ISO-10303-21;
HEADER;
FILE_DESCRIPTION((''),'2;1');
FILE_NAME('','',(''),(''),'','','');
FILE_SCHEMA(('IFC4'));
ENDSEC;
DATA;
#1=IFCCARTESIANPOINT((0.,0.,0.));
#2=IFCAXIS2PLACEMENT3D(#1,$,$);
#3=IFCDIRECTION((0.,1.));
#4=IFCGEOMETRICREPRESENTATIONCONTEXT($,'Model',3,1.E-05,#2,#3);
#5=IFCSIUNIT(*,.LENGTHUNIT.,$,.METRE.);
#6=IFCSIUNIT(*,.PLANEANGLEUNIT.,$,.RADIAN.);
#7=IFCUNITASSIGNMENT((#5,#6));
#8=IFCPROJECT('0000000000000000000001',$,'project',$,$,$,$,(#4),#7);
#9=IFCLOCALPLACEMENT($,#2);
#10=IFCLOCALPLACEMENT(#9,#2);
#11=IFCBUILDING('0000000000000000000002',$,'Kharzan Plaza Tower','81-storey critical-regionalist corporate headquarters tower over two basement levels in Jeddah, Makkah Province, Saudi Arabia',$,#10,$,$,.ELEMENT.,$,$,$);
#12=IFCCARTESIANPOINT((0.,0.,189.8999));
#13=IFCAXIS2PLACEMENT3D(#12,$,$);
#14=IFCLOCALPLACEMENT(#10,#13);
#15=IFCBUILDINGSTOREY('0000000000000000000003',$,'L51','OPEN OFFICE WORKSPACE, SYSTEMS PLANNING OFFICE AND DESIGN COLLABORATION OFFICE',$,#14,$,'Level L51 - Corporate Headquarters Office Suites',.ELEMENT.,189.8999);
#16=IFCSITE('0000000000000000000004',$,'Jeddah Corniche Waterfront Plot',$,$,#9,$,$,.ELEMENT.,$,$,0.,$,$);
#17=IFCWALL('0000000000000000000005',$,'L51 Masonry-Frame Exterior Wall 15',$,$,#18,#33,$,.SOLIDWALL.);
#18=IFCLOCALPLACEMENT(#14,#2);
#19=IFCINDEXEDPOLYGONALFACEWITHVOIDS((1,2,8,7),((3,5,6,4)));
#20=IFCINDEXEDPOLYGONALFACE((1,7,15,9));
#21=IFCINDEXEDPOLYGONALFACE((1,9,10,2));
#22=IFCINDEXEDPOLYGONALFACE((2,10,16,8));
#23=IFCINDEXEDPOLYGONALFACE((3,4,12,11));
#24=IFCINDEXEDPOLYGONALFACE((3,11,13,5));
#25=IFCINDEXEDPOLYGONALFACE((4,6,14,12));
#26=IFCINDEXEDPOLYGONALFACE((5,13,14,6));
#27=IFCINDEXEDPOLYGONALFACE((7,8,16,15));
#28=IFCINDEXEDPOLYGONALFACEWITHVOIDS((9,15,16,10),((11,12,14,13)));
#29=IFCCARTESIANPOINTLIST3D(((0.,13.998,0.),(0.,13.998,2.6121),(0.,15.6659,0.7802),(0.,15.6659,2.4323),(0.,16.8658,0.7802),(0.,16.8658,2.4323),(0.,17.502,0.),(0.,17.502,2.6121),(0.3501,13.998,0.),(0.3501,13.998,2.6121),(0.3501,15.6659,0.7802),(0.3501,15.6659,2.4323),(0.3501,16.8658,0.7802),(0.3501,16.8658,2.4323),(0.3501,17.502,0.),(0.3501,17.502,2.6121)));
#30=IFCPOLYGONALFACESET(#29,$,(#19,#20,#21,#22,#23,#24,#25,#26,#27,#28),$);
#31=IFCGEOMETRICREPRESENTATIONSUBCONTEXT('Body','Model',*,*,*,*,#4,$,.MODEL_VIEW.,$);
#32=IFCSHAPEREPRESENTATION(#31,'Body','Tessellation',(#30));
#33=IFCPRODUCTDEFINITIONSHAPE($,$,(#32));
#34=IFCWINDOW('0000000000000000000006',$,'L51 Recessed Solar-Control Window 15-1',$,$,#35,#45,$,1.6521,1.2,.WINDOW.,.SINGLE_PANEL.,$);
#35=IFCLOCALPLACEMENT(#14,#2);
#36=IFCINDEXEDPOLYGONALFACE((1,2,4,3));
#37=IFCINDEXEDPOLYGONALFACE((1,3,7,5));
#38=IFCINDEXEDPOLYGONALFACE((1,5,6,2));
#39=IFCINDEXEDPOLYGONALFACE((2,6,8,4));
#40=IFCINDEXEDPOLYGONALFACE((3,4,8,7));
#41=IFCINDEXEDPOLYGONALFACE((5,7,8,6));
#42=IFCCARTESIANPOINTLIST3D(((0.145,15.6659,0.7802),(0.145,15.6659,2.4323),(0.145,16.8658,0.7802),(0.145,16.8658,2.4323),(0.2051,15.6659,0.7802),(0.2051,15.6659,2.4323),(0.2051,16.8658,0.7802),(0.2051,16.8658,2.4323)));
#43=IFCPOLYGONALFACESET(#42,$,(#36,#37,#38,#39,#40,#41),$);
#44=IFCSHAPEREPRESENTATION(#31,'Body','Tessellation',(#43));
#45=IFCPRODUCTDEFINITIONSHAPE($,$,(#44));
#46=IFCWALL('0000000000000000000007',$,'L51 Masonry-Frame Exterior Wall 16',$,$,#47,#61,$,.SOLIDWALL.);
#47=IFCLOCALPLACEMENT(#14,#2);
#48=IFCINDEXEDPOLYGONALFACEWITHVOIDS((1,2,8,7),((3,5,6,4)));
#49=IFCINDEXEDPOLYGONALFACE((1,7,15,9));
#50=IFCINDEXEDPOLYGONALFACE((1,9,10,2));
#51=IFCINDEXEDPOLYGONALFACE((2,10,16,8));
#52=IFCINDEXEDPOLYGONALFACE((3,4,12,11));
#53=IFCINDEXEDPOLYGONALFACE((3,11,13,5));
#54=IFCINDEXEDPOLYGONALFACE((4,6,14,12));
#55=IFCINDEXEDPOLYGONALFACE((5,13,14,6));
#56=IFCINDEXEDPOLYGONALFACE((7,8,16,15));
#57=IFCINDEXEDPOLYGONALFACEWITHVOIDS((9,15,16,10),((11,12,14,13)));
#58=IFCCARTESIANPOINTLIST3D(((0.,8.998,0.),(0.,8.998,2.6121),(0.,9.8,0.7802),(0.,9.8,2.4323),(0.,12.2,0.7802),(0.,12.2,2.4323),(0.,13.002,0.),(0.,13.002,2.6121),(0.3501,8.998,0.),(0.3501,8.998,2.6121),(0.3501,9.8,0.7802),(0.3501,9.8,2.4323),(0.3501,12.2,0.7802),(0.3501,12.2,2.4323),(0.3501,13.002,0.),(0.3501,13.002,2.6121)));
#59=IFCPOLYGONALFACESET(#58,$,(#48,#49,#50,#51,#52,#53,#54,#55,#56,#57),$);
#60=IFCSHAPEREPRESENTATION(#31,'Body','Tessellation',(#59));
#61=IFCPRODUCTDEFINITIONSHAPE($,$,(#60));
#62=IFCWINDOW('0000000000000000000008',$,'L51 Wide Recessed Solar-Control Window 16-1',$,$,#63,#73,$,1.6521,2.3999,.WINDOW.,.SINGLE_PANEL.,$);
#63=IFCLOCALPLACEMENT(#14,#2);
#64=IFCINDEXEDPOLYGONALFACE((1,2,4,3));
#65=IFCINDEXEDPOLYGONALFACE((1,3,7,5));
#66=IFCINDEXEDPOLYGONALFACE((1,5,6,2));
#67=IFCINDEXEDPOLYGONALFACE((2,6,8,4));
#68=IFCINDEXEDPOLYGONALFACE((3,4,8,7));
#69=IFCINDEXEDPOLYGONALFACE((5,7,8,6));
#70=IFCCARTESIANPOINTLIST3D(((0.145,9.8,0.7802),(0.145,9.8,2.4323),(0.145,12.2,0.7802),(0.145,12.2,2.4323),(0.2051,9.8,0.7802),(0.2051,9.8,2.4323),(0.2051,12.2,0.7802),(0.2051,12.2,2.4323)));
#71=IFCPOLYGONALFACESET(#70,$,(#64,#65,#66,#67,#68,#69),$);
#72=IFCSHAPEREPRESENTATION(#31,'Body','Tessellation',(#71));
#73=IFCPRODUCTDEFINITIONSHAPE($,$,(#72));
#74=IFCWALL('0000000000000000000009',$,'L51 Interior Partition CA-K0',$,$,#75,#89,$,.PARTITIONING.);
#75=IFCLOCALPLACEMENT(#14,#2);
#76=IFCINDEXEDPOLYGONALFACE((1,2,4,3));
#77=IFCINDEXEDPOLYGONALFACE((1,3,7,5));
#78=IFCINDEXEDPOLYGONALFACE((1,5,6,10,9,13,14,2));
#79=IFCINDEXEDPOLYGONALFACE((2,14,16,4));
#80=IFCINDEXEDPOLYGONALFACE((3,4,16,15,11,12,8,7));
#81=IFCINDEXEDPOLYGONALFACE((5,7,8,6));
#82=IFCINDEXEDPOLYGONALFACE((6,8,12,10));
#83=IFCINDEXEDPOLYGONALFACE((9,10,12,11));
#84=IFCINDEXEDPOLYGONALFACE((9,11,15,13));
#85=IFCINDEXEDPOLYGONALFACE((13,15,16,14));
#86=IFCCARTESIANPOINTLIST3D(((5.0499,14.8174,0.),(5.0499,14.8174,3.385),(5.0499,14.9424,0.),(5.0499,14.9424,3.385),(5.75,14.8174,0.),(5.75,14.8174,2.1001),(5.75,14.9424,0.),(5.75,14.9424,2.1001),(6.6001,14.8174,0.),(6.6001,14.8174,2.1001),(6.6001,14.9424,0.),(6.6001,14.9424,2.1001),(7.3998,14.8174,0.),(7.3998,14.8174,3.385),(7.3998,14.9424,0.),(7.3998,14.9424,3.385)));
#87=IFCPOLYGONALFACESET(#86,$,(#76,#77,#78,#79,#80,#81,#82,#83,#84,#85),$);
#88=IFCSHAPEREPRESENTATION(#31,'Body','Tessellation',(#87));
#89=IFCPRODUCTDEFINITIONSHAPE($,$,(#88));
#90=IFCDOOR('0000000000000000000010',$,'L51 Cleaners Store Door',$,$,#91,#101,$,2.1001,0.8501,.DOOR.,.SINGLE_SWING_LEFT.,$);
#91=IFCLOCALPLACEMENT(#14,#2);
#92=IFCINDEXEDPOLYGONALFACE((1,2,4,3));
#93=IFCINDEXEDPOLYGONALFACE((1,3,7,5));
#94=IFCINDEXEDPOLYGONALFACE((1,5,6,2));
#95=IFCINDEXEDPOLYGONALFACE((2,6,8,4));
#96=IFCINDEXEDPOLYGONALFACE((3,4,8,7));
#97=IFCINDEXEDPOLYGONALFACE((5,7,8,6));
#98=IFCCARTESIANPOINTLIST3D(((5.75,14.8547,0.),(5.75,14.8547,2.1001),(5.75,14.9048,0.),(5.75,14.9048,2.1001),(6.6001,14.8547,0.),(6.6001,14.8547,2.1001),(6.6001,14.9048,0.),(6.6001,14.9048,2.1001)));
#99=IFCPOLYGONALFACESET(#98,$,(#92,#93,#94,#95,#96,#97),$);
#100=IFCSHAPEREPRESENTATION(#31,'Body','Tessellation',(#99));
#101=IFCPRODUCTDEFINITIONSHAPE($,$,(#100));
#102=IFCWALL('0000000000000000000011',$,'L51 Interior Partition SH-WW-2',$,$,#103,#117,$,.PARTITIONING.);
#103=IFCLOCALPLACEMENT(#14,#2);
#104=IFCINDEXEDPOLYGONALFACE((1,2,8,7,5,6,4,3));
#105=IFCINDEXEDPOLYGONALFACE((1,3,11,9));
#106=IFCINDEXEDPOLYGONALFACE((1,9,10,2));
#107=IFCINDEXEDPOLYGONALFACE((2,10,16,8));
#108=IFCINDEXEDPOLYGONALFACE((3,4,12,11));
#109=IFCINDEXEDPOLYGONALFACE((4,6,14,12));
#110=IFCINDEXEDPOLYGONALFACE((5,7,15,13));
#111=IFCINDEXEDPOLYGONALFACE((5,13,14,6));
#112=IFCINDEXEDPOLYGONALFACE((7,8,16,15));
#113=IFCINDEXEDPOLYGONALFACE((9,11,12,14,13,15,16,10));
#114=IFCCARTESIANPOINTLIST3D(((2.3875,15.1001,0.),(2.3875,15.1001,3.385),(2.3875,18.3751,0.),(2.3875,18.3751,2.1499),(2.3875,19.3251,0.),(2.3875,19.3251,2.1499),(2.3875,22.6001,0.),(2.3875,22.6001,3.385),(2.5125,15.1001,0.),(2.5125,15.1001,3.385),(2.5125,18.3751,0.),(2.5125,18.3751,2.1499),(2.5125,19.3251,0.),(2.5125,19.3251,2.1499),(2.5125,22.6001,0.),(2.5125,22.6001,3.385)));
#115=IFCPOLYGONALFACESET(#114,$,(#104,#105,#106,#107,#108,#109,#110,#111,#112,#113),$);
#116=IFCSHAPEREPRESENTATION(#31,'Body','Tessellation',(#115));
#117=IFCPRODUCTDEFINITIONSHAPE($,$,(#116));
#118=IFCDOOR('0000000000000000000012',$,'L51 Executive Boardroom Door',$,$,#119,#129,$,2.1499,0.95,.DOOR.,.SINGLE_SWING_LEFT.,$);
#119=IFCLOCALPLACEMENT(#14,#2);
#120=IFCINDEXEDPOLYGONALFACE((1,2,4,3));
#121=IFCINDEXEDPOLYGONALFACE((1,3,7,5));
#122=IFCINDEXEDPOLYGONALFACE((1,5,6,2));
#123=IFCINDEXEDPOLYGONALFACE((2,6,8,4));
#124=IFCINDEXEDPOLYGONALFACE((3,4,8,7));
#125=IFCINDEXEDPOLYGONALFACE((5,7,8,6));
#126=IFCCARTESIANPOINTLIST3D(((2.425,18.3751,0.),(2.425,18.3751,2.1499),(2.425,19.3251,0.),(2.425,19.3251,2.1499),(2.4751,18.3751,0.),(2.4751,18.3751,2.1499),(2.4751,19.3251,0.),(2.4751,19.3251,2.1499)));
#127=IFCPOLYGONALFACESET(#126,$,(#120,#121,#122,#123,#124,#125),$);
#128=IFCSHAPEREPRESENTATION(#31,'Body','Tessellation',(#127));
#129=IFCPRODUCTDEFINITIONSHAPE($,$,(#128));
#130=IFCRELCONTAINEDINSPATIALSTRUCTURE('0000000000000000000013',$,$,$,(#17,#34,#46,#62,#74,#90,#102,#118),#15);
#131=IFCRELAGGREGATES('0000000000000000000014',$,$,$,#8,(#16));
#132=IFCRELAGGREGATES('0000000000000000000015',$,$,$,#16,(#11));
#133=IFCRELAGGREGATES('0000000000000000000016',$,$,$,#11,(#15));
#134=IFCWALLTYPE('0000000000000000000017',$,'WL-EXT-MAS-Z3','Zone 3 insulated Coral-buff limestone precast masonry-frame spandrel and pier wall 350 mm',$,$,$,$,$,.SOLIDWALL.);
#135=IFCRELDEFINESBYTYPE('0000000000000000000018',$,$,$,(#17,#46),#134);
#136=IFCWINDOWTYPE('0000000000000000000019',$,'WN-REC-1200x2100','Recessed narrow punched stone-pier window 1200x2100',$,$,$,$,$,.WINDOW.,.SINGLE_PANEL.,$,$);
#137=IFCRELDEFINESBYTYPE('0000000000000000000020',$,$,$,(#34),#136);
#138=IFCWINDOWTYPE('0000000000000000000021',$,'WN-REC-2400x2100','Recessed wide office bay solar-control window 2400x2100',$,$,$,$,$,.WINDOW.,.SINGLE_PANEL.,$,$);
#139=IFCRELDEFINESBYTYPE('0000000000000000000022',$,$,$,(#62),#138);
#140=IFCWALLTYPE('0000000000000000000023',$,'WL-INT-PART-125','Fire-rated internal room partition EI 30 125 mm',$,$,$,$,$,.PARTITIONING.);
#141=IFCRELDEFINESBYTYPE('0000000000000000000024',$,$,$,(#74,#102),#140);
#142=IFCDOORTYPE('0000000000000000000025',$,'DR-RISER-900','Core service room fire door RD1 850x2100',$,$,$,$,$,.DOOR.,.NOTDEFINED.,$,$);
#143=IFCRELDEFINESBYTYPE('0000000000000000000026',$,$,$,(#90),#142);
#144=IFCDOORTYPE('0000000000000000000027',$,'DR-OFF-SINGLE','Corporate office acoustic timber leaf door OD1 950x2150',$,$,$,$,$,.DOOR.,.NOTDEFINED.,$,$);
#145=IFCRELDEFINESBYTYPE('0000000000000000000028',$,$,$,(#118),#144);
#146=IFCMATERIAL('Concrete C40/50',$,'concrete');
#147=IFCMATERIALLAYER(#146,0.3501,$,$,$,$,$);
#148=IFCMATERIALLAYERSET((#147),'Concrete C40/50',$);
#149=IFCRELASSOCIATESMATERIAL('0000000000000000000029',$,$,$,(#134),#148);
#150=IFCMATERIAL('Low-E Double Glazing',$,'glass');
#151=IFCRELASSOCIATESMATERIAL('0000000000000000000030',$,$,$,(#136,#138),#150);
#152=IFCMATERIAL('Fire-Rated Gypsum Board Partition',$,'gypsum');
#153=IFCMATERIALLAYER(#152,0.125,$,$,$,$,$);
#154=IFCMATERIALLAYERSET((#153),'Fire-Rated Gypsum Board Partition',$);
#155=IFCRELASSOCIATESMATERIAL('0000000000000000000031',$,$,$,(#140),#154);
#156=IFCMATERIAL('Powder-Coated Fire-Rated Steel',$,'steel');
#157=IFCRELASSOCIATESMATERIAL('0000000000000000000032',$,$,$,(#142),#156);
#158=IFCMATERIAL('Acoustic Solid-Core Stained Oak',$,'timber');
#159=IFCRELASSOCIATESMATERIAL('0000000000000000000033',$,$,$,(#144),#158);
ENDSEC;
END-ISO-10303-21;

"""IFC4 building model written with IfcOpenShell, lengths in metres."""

from ifc_helpers import new_model, si_unit, direction, frame, frame_2d, origin, place, context, subcontext, project, spatial, rectangle, extrude, source, transform, mapped, material, layer, layer_set, type_object, element, fill, save


model = new_model("IFC4")

# Units and contexts
model_context = context("Model", 3, precision=1e-05, world=origin(), true_north=direction((0.0, 1.0)))
body_context = subcontext(model_context, "Body", "Model", "MODEL_VIEW")
ifc_project = project(units=[si_unit("LENGTHUNIT", "METRE"), si_unit("PLANEANGLEUNIT", "RADIAN")], contexts=[model_context])

# Site, building, storey
site_placement = place(None, origin())
site = spatial("IfcSite", under=ifc_project, at=site_placement, Name="Jeddah Corniche Waterfront Plot", CompositionType="ELEMENT", RefElevation=0.0)
building_placement = place(site_placement, origin())
building = spatial("IfcBuilding", under=site, at=building_placement, Name="Kharzan Plaza Tower", Description="81-storey critical-regionalist corporate headquarters tower over two basement levels in Jeddah, Makkah Province, Saudi Arabia", CompositionType="ELEMENT")
storey_placement = place(building_placement, frame((0.0, 0.0, 189.8999)))
storey = spatial("IfcBuildingStorey", under=building, at=storey_placement, Name="L51", Description="OPEN OFFICE WORKSPACE, SYSTEMS PLANNING OFFICE AND DESIGN COLLABORATION OFFICE", LongName="Level L51 - Corporate Headquarters Office Suites", CompositionType="ELEMENT", Elevation=189.8999)

# Walls, openings, windows
ifc_material_1 = material(Name="Concrete C40/50", Category="concrete")
ifc_layer_1 = layer(ifc_material_1, 0.3501)
ifc_layer_set_1 = layer_set([ifc_layer_1], Name="Concrete C40/50")
wall_type_1 = type_object("IfcWallType", Name="WL-EXT-MAS-Z3", Description="Zone 3 insulated Coral-buff limestone precast masonry-frame spandrel and pier wall 350 mm", PredefinedType="SOLIDWALL", material=ifc_layer_set_1)
wall_1_placement = place(storey_placement, frame((0.175, 17.502, 0.0), z_axis=(0.0, 0.0, 1.0), x_axis=(0.0, -1.0, 0.0)))
wall_1 = element("IfcWall", 1, at=wall_1_placement, inside=storey, type_object=wall_type_1, Name="L51 Masonry-Frame Exterior Wall 15", PredefinedType="SOLIDWALL", context=body_context, shape_type="SweptSolid", body=[
    extrude(rectangle(XDim=3.5039, YDim=0.3501, at=frame_2d((1.752, 0.0))), origin(), (0.0, 0.0, 1.0), 2.6121),
])
opening_1_placement = place(wall_1_placement, frame((0.636, 0.0, 0.78)))
opening_1 = element("IfcOpeningElement", 2, at=opening_1_placement, cuts=wall_1, PredefinedType="OPENING", context=body_context, shape_type="SweptSolid", body=[
    extrude(rectangle(XDim=1.2, YDim=1.6521, at=frame_2d((0.6001, 0.8262))), frame((0.0, 0.1851, 0.0), z_axis=(0.0, -1.0, 0.0), x_axis=(1.0, 0.0, 0.0)), (0.0, 0.0, 1.0), 0.3701),
])
ifc_material_2 = material(Name="Low-E Double Glazing", Category="glass")
window_type_1 = type_object("IfcWindowType", Name="WN-REC-1200x2100", Description="Recessed narrow punched stone-pier window 1200x2100", PartitioningType="SINGLE_PANEL", PredefinedType="WINDOW", material=ifc_material_2)
shared_shape_1 = source(origin(), body_context, "Body", "SweptSolid", [
    extrude(rectangle(XDim=1.2, YDim=1.6521, at=frame_2d((0.6001, 0.8262))), frame((0.0, 0.03, 0.0), z_axis=(0.0, -1.0, 0.0), x_axis=(1.0, 0.0, 0.0)), (0.0, 0.0, 1.0), 0.0601),
])
window_1_placement = place(opening_1_placement, origin())
window_1 = element("IfcWindow", 3, at=window_1_placement, inside=storey, type_object=window_type_1, Name="L51 Recessed Solar-Control Window 15-1", OverallHeight=1.6521, OverallWidth=1.2, PartitioningType="SINGLE_PANEL", PredefinedType="WINDOW", context=body_context, shape_type="MappedRepresentation", body=[
    mapped(shared_shape_1, transform((0.0, 0.0, 0.0), x_axis=(1.0, 0.0, 0.0), y_axis=(0.0, 1.0, 0.0), z_axis=(0.0, 0.0, 1.0))),
])
fill(opening_1, window_1)
wall_2_placement = place(storey_placement, frame((0.175, 13.002, 0.0), z_axis=(0.0, 0.0, 1.0), x_axis=(0.0, -1.0, 0.0)))
wall_2 = element("IfcWall", 4, at=wall_2_placement, inside=storey, type_object=wall_type_1, Name="L51 Masonry-Frame Exterior Wall 16", PredefinedType="SOLIDWALL", context=body_context, shape_type="SweptSolid", body=[
    extrude(rectangle(XDim=4.0039, YDim=0.3501, at=frame_2d((2.002, 0.0))), origin(), (0.0, 0.0, 1.0), 2.6121),
])
opening_2_placement = place(wall_2_placement, frame((0.802, 0.0, 0.78)))
opening_2 = element("IfcOpeningElement", 5, at=opening_2_placement, cuts=wall_2, PredefinedType="OPENING", context=body_context, shape_type="SweptSolid", body=[
    extrude(rectangle(XDim=2.3999, YDim=1.6521, at=frame_2d((1.2, 0.8262))), frame((0.0, 0.1851, 0.0), z_axis=(0.0, -1.0, 0.0), x_axis=(1.0, 0.0, 0.0)), (0.0, 0.0, 1.0), 0.3701),
])
window_type_2 = type_object("IfcWindowType", Name="WN-REC-2400x2100", Description="Recessed wide office bay solar-control window 2400x2100", PartitioningType="SINGLE_PANEL", PredefinedType="WINDOW", material=ifc_material_2)
shared_shape_2 = source(origin(), body_context, "Body", "SweptSolid", [
    extrude(rectangle(XDim=2.3999, YDim=1.6521, at=frame_2d((1.2, 0.8262))), frame((0.0, 0.03, 0.0), z_axis=(0.0, -1.0, 0.0), x_axis=(1.0, 0.0, 0.0)), (0.0, 0.0, 1.0), 0.0601),
])
window_2_placement = place(opening_2_placement, origin())
window_2 = element("IfcWindow", 6, at=window_2_placement, inside=storey, type_object=window_type_2, Name="L51 Wide Recessed Solar-Control Window 16-1", OverallHeight=1.6521, OverallWidth=2.3999, PartitioningType="SINGLE_PANEL", PredefinedType="WINDOW", context=body_context, shape_type="MappedRepresentation", body=[
    mapped(shared_shape_2, transform((0.0, 0.0, 0.0), x_axis=(1.0, 0.0, 0.0), y_axis=(0.0, 1.0, 0.0), z_axis=(0.0, 0.0, 1.0))),
])
fill(opening_2, window_2)

# Walls, openings, doors
ifc_material_3 = material(Name="Fire-Rated Gypsum Board Partition", Category="gypsum")
ifc_layer_2 = layer(ifc_material_3, 0.125)
ifc_layer_set_2 = layer_set([ifc_layer_2], Name="Fire-Rated Gypsum Board Partition")
wall_type_2 = type_object("IfcWallType", Name="WL-INT-PART-125", Description="Fire-rated internal room partition EI 30 125 mm", PredefinedType="PARTITIONING", material=ifc_layer_set_2)
wall_3_placement = place(storey_placement, frame((5.05, 14.8799, 0.0), z_axis=(0.0, 0.0, 1.0), x_axis=(1.0, 0.0, 0.0)))
wall_3 = element("IfcWall", 7, at=wall_3_placement, inside=storey, type_object=wall_type_2, Name="L51 Interior Partition CA-K0", PredefinedType="PARTITIONING", context=body_context, shape_type="SweptSolid", body=[
    extrude(rectangle(XDim=2.3499, YDim=0.125, at=frame_2d((1.1748, 0.0))), origin(), (0.0, 0.0, 1.0), 3.385),
])
opening_3_placement = place(wall_3_placement, frame((0.7, 0.0, 0.0)))
opening_3 = element("IfcOpeningElement", 8, at=opening_3_placement, cuts=wall_3, PredefinedType="OPENING", context=body_context, shape_type="SweptSolid", body=[
    extrude(rectangle(XDim=0.8501, YDim=2.1001, at=frame_2d((0.425, 1.05))), frame((0.0, 0.0725, 0.0), z_axis=(0.0, -1.0, 0.0), x_axis=(1.0, 0.0, 0.0)), (0.0, 0.0, 1.0), 0.145),
])
ifc_material_4 = material(Name="Powder-Coated Fire-Rated Steel", Category="steel")
door_type_1 = type_object("IfcDoorType", Name="DR-RISER-900", Description="Core service room fire door RD1 850x2100", OperationType="NOTDEFINED", PredefinedType="DOOR", material=ifc_material_4)
shared_shape_3 = source(origin(), body_context, "Body", "SweptSolid", [
    extrude(rectangle(XDim=0.8501, YDim=2.1001, at=frame_2d((0.425, 1.05))), frame((0.0, 0.0249, 0.0), z_axis=(0.0, -1.0, 0.0), x_axis=(1.0, 0.0, 0.0)), (0.0, 0.0, 1.0), 0.05),
])
door_1_placement = place(opening_3_placement, origin())
door_1 = element("IfcDoor", 9, at=door_1_placement, inside=storey, type_object=door_type_1, Name="L51 Cleaners Store Door", OperationType="SINGLE_SWING_LEFT", OverallHeight=2.1001, OverallWidth=0.8501, PredefinedType="DOOR", context=body_context, shape_type="MappedRepresentation", body=[
    mapped(shared_shape_3, transform((0.0, 0.0, 0.0), x_axis=(1.0, 0.0, 0.0), y_axis=(0.0, 1.0, 0.0), z_axis=(0.0, 0.0, 1.0))),
])
fill(opening_3, door_1)
wall_4_placement = place(storey_placement, frame((2.45, 15.1001, 0.0), z_axis=(0.0, 0.0, 1.0), x_axis=(0.0, 1.0, 0.0)))
wall_4 = element("IfcWall", 10, at=wall_4_placement, inside=storey, type_object=wall_type_2, Name="L51 Interior Partition SH-WW-2", PredefinedType="PARTITIONING", context=body_context, shape_type="SweptSolid", body=[
    extrude(rectangle(XDim=7.5, YDim=0.125, at=frame_2d((3.75, 0.0))), origin(), (0.0, 0.0, 1.0), 3.385),
])
opening_4_placement = place(wall_4_placement, frame((3.2749, 0.0, 0.0)))
opening_4 = element("IfcOpeningElement", 11, at=opening_4_placement, cuts=wall_4, PredefinedType="OPENING", context=body_context, shape_type="SweptSolid", body=[
    extrude(rectangle(XDim=0.95, YDim=2.1499, at=frame_2d((0.4751, 1.075))), frame((0.0, 0.0725, 0.0), z_axis=(0.0, -1.0, 0.0), x_axis=(1.0, 0.0, 0.0)), (0.0, 0.0, 1.0), 0.145),
])
ifc_material_5 = material(Name="Acoustic Solid-Core Stained Oak", Category="timber")
door_type_2 = type_object("IfcDoorType", Name="DR-OFF-SINGLE", Description="Corporate office acoustic timber leaf door OD1 950x2150", OperationType="NOTDEFINED", PredefinedType="DOOR", material=ifc_material_5)
shared_shape_4 = source(origin(), body_context, "Body", "SweptSolid", [
    extrude(rectangle(XDim=0.95, YDim=2.1499, at=frame_2d((0.4751, 1.075))), frame((0.0, 0.0249, 0.0), z_axis=(0.0, -1.0, 0.0), x_axis=(1.0, 0.0, 0.0)), (0.0, 0.0, 1.0), 0.05),
])
door_2_placement = place(opening_4_placement, origin())
door_2 = element("IfcDoor", 12, at=door_2_placement, inside=storey, type_object=door_type_2, Name="L51 Executive Boardroom Door", OperationType="SINGLE_SWING_LEFT", OverallHeight=2.1499, OverallWidth=0.95, PredefinedType="DOOR", context=body_context, shape_type="MappedRepresentation", body=[
    mapped(shared_shape_4, transform((0.0, 0.0, 0.0), x_axis=(1.0, 0.0, 0.0), y_axis=(0.0, 1.0, 0.0), z_axis=(0.0, 0.0, 1.0))),
])
fill(opening_4, door_2)

save(model, "model.ifc")
